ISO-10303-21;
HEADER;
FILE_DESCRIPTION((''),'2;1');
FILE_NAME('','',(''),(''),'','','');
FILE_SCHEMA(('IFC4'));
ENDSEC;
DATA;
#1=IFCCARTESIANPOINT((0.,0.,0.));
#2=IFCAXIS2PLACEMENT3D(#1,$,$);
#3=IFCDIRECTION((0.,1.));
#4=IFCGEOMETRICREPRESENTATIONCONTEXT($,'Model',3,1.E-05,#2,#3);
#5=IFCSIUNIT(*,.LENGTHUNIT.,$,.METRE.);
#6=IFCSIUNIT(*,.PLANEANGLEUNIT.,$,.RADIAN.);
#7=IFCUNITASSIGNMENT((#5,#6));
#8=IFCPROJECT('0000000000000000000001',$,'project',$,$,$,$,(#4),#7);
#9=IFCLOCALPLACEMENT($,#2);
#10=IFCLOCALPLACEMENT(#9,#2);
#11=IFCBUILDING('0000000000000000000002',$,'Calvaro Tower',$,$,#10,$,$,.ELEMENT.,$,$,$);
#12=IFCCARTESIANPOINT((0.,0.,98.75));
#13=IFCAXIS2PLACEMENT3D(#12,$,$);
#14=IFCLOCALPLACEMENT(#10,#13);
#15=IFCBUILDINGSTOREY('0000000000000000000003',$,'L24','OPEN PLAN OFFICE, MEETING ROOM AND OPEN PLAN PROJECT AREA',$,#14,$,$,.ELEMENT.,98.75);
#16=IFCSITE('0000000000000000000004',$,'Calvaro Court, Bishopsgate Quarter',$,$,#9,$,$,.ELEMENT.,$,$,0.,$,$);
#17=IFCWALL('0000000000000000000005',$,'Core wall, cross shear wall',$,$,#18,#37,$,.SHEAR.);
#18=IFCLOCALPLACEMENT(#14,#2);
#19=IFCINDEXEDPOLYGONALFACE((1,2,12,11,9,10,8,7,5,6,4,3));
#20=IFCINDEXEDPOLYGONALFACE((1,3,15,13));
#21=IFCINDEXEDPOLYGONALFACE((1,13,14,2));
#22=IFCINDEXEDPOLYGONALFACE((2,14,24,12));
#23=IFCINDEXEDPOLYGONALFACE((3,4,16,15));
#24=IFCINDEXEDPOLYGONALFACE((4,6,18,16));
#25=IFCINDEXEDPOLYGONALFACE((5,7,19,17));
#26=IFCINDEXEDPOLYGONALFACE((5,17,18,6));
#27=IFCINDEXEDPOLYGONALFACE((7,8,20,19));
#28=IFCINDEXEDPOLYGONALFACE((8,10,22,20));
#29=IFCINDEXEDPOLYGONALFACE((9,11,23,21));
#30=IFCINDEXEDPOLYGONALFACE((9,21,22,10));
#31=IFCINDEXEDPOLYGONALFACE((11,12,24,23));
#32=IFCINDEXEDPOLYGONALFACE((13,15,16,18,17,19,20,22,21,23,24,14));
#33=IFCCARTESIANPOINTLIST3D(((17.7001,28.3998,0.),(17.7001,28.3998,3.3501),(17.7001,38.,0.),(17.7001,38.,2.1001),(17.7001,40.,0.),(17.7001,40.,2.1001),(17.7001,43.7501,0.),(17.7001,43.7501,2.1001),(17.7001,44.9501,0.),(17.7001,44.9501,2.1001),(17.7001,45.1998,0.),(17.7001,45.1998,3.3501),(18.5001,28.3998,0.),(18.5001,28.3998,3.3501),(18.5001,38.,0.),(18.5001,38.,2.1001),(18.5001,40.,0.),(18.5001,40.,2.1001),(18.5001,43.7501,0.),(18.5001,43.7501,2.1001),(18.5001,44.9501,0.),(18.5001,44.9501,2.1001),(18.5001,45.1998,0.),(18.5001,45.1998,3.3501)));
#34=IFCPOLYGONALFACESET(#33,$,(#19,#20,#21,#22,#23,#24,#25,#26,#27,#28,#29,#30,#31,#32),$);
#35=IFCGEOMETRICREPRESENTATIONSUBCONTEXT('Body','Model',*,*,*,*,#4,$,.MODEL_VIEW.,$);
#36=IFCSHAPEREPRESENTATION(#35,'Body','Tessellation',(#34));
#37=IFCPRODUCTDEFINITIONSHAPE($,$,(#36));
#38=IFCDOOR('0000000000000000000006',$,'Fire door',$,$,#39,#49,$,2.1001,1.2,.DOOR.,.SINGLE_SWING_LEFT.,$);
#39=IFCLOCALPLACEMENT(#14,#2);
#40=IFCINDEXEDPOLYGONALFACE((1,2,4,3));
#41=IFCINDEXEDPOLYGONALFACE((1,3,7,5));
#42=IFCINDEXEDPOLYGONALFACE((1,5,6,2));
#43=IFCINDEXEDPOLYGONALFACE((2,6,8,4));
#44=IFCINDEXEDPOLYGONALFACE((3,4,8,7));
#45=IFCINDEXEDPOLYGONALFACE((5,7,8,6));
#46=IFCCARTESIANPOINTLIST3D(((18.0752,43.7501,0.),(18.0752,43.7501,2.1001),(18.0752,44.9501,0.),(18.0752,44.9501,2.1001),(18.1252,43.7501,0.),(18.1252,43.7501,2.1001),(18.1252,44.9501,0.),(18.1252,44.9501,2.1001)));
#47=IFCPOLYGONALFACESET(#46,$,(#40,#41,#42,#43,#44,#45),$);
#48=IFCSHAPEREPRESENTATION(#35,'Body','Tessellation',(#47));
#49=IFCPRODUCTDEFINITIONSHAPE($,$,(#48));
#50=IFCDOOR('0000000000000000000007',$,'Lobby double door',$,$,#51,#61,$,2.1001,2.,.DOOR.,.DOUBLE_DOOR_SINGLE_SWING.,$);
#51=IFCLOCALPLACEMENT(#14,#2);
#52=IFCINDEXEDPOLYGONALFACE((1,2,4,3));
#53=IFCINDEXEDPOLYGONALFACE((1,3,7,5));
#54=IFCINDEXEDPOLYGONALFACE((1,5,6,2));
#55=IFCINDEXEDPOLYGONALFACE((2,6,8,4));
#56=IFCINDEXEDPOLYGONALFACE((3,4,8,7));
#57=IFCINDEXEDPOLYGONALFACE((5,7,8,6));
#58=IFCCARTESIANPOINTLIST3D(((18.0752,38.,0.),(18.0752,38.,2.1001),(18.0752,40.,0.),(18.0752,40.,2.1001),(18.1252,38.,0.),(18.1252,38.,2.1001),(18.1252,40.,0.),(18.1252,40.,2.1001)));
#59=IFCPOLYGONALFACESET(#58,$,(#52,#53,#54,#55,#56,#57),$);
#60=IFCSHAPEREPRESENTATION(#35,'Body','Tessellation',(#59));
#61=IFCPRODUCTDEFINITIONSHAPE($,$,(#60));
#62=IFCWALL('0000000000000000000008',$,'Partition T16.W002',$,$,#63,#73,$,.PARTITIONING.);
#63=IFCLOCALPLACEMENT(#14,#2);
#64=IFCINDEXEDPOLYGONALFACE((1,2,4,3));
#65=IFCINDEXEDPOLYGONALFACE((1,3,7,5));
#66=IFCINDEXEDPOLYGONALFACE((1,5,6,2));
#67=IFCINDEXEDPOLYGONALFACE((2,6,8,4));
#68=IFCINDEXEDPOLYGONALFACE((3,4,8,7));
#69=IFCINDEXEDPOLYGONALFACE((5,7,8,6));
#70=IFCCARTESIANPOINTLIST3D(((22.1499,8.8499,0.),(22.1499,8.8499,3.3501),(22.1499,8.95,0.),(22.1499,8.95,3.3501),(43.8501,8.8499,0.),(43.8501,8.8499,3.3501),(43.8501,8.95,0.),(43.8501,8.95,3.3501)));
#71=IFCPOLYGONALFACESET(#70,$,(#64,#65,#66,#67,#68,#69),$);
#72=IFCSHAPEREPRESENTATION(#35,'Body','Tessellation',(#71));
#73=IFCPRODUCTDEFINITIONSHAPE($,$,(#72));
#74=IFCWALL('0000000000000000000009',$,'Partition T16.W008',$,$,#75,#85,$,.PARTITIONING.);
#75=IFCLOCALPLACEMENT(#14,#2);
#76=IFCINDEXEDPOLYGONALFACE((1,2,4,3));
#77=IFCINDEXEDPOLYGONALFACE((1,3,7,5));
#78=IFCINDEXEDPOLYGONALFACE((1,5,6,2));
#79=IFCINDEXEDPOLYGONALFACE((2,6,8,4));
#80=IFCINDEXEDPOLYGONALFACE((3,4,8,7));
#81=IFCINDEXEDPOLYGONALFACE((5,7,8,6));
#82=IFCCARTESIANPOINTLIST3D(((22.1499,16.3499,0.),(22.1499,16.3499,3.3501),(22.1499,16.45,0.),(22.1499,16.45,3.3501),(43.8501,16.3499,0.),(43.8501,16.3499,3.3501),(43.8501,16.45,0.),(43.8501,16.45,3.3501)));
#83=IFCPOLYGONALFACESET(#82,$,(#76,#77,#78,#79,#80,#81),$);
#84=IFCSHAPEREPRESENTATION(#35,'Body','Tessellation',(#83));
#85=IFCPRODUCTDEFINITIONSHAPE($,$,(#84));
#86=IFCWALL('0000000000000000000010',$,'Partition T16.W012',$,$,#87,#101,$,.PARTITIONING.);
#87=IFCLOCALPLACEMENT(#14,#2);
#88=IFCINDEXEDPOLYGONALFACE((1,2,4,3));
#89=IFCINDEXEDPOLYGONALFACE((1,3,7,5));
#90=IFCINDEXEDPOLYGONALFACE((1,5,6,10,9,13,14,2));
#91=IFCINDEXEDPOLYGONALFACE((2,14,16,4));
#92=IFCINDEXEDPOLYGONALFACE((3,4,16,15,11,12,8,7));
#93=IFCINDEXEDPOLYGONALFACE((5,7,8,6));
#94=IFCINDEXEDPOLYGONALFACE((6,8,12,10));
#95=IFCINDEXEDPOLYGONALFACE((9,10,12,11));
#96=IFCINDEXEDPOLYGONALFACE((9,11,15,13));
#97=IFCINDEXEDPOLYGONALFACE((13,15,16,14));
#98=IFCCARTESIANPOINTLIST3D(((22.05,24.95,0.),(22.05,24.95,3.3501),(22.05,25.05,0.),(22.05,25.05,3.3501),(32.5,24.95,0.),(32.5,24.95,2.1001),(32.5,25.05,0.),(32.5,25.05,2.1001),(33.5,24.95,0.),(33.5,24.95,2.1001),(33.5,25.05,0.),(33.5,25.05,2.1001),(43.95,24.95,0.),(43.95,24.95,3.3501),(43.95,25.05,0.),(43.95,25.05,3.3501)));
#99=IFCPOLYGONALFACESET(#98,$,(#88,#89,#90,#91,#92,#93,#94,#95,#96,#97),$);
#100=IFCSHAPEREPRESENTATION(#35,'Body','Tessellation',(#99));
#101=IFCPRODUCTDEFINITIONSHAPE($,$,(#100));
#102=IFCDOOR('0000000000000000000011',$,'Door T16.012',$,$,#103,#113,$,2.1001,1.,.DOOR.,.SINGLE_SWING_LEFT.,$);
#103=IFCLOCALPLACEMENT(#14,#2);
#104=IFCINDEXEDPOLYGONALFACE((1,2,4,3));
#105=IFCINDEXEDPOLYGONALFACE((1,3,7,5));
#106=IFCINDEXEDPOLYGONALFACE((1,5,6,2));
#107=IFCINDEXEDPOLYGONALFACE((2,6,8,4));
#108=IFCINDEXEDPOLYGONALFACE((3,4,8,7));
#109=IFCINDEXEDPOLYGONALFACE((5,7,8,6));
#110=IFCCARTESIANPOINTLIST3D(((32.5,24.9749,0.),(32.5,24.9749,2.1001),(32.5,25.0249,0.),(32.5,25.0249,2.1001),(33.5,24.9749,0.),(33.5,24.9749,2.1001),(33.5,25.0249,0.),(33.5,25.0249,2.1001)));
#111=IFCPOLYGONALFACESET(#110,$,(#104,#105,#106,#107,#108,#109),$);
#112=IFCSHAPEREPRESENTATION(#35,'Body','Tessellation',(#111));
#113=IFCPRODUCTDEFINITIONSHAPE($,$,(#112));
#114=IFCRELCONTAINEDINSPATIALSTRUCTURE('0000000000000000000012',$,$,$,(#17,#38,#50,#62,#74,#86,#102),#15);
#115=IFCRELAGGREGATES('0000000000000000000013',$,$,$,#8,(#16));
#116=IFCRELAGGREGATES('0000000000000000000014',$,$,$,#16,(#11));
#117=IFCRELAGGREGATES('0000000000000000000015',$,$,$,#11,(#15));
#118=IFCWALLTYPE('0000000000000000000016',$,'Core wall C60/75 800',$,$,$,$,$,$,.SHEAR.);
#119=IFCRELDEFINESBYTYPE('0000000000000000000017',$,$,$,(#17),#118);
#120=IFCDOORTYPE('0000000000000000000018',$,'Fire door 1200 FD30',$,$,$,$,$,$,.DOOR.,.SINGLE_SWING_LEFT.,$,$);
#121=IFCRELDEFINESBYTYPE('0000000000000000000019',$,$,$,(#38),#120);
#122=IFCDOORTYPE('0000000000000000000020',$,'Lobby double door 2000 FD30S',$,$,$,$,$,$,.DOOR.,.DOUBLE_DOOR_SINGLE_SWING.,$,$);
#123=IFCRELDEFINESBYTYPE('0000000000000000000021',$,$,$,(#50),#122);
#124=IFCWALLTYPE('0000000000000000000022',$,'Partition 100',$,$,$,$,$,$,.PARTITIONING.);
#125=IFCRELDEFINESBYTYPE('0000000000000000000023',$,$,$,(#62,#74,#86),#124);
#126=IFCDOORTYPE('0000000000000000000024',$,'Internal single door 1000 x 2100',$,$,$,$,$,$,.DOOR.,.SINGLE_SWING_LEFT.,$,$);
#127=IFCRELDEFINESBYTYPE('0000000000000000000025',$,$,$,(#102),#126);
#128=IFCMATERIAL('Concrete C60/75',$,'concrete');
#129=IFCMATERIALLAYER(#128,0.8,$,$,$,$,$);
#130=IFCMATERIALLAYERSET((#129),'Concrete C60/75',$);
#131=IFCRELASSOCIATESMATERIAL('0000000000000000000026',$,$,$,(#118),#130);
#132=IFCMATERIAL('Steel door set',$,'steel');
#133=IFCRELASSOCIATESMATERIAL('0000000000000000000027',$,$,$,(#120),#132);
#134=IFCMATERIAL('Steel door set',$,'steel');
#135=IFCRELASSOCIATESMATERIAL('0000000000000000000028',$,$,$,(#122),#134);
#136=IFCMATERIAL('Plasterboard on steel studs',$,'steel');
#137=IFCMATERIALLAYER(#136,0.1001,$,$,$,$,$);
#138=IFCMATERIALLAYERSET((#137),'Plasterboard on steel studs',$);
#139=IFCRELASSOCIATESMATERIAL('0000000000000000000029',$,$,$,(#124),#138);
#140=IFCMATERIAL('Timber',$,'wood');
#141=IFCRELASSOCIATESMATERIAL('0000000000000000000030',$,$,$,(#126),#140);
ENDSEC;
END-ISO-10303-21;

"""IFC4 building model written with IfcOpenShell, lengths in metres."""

from ifc_helpers import new_model, si_unit, direction, frame, frame_2d, origin, place, context, subcontext, project, spatial, rectangle, extrude, material, layer, layer_set, type_object, element, fill, save


model = new_model("IFC4")

# Units and contexts
model_context = context("Model", 3, precision=1e-05, world=origin(), true_north=direction((0.0, 1.0)))
body_context = subcontext(model_context, "Body", "Model", "MODEL_VIEW")
ifc_project = project(units=[si_unit("LENGTHUNIT", "METRE"), si_unit("PLANEANGLEUNIT", "RADIAN")], contexts=[model_context])

# Site, building, storey
site_placement = place(None, origin())
site = spatial("IfcSite", under=ifc_project, at=site_placement, Name="Calvaro Court, Bishopsgate Quarter", CompositionType="ELEMENT", RefElevation=0.0)
building_placement = place(site_placement, origin())
building = spatial("IfcBuilding", under=site, at=building_placement, Name="Calvaro Tower", CompositionType="ELEMENT")
storey_placement = place(building_placement, frame((0.0, 0.0, 98.75)))
storey = spatial("IfcBuildingStorey", under=building, at=storey_placement, Name="L24", Description="OPEN PLAN OFFICE, MEETING ROOM AND OPEN PLAN PROJECT AREA", CompositionType="ELEMENT", Elevation=98.75)

# Wall, openings, doors
ifc_material_1 = material(Name="Concrete C60/75", Category="concrete")
ifc_layer_1 = layer(ifc_material_1, 0.8)
ifc_layer_set_1 = layer_set([ifc_layer_1], Name="Concrete C60/75")
wall_type_1 = type_object("IfcWallType", Name="Core wall C60/75 800", PredefinedType="SHEAR", material=ifc_layer_set_1)
wall_1_placement = place(storey_placement, frame((18.1001, 28.3999, 0.0), z_axis=(0.0, 0.0, 1.0), x_axis=(0.0, 1.0, 0.0)))
wall_1 = element("IfcWall", 1, at=wall_1_placement, inside=storey, type_object=wall_type_1, Name="Core wall, cross shear wall", PredefinedType="SHEAR", context=body_context, shape_type="SweptSolid", body=[
    extrude(rectangle(XDim=16.8, YDim=0.8, at=frame_2d((8.3999, 0.0))), origin(), (0.0, 0.0, 1.0), 3.3501),
])
opening_1_placement = place(wall_1_placement, frame((9.6001, 0.0, 0.0)))
opening_1 = element("IfcOpeningElement", 2, at=opening_1_placement, cuts=wall_1, PredefinedType="OPENING", context=body_context, shape_type="SweptSolid", body=[
    extrude(rectangle(XDim=2.0, YDim=2.1001, at=frame_2d((1.0, 1.05))), frame((0.0, 0.4099, 0.0), z_axis=(0.0, -1.0, 0.0), x_axis=(1.0, 0.0, 0.0)), (0.0, 0.0, 1.0), 0.8201),
])
opening_2_placement = place(wall_1_placement, frame((15.3501, 0.0, 0.0)))
opening_2 = element("IfcOpeningElement", 3, at=opening_2_placement, cuts=wall_1, PredefinedType="OPENING", context=body_context, shape_type="SweptSolid", body=[
    extrude(rectangle(XDim=1.2, YDim=2.1001, at=frame_2d((0.6001, 1.05))), frame((0.0, 0.4099, 0.0), z_axis=(0.0, -1.0, 0.0), x_axis=(1.0, 0.0, 0.0)), (0.0, 0.0, 1.0), 0.8201),
])
ifc_material_2 = material(Name="Steel door set", Category="steel")
door_type_1 = type_object("IfcDoorType", Name="Fire door 1200 FD30", OperationType="SINGLE_SWING_LEFT", PredefinedType="DOOR", material=ifc_material_2)
door_1_placement = place(opening_2_placement, origin())
door_1 = element("IfcDoor", 4, at=door_1_placement, inside=storey, type_object=door_type_1, Name="Fire door", OperationType="SINGLE_SWING_LEFT", OverallHeight=2.1001, OverallWidth=1.2, PredefinedType="DOOR", context=body_context, shape_type="SweptSolid", body=[
    extrude(rectangle(XDim=1.2, YDim=2.1001, at=frame_2d((0.6001, 1.05))), frame((0.0, 0.0249, 0.0), z_axis=(0.0, -1.0, 0.0), x_axis=(1.0, 0.0, 0.0)), (0.0, 0.0, 1.0), 0.05),
])
fill(opening_2, door_1)
ifc_material_3 = material(Name="Steel door set", Category="steel")
door_type_2 = type_object("IfcDoorType", Name="Lobby double door 2000 FD30S", OperationType="DOUBLE_DOOR_SINGLE_SWING", PredefinedType="DOOR", material=ifc_material_3)
door_2_placement = place(opening_1_placement, origin())
door_2 = element("IfcDoor", 5, at=door_2_placement, inside=storey, type_object=door_type_2, Name="Lobby double door", OperationType="DOUBLE_DOOR_SINGLE_SWING", OverallHeight=2.1001, OverallWidth=2.0, PredefinedType="DOOR", context=body_context, shape_type="SweptSolid", body=[
    extrude(rectangle(XDim=2.0, YDim=2.1001, at=frame_2d((1.0, 1.05))), frame((0.0, 0.0249, 0.0), z_axis=(0.0, -1.0, 0.0), x_axis=(1.0, 0.0, 0.0)), (0.0, 0.0, 1.0), 0.05),
])
fill(opening_1, door_2)

# Walls
ifc_material_4 = material(Name="Plasterboard on steel studs", Category="steel")
ifc_layer_2 = layer(ifc_material_4, 0.1001)
ifc_layer_set_2 = layer_set([ifc_layer_2], Name="Plasterboard on steel studs")
wall_type_2 = type_object("IfcWallType", Name="Partition 100", PredefinedType="PARTITIONING", material=ifc_layer_set_2)
for number, where, z_axis, x_axis, name in (
    (6, (22.1499, 8.8999, 0.0), (0.0, 0.0, 1.0), (1.0, 0.0, 0.0), "Partition T16.W002"),
    (7, (22.1499, 16.3999, 0.0), (0.0, 0.0, 1.0), (1.0, 0.0, 0.0), "Partition T16.W008"),
):
    element("IfcWall", number, at=place(storey_placement, frame(where, z_axis=z_axis, x_axis=x_axis)), inside=storey, type_object=wall_type_2, Name=name, PredefinedType="PARTITIONING", context=body_context, shape_type="SweptSolid", body=[
        extrude(rectangle(XDim=21.7002, YDim=0.1001, at=frame_2d((10.8501, 0.0))), origin(), (0.0, 0.0, 1.0), 3.3501),
    ])

# Wall, opening, door
wall_2_placement = place(storey_placement, frame((22.05, 25.0, 0.0), z_axis=(0.0, 0.0, 1.0), x_axis=(1.0, 0.0, 0.0)))
wall_2 = element("IfcWall", 8, at=wall_2_placement, inside=storey, type_object=wall_type_2, Name="Partition T16.W012", PredefinedType="PARTITIONING", context=body_context, shape_type="SweptSolid", body=[
    extrude(rectangle(XDim=21.8999, YDim=0.1001, at=frame_2d((10.95, 0.0))), origin(), (0.0, 0.0, 1.0), 3.3501),
])
opening_3_placement = place(wall_2_placement, frame((10.45, 0.0, 0.0)))
opening_3 = element("IfcOpeningElement", 9, at=opening_3_placement, cuts=wall_2, PredefinedType="OPENING", context=body_context, shape_type="SweptSolid", body=[
    extrude(rectangle(XDim=1.0, YDim=2.1001, at=frame_2d((0.5, 1.05))), frame((0.0, 0.0601, 0.0), z_axis=(0.0, -1.0, 0.0), x_axis=(1.0, 0.0, 0.0)), (0.0, 0.0, 1.0), 0.1201),
])
ifc_material_5 = material(Name="Timber", Category="wood")
door_type_3 = type_object("IfcDoorType", Name="Internal single door 1000 x 2100", OperationType="SINGLE_SWING_LEFT", PredefinedType="DOOR", material=ifc_material_5)
door_3_placement = place(opening_3_placement, origin())
door_3 = element("IfcDoor", 10, at=door_3_placement, inside=storey, type_object=door_type_3, Name="Door T16.012", OperationType="SINGLE_SWING_LEFT", OverallHeight=2.1001, OverallWidth=1.0, PredefinedType="DOOR", context=body_context, shape_type="SweptSolid", body=[
    extrude(rectangle(XDim=1.0, YDim=2.1001, at=frame_2d((0.5, 1.05))), frame((0.0, 0.0249, 0.0), z_axis=(0.0, -1.0, 0.0), x_axis=(1.0, 0.0, 0.0)), (0.0, 0.0, 1.0), 0.05),
])
fill(opening_3, door_3)

save(model, "model.ifc")
